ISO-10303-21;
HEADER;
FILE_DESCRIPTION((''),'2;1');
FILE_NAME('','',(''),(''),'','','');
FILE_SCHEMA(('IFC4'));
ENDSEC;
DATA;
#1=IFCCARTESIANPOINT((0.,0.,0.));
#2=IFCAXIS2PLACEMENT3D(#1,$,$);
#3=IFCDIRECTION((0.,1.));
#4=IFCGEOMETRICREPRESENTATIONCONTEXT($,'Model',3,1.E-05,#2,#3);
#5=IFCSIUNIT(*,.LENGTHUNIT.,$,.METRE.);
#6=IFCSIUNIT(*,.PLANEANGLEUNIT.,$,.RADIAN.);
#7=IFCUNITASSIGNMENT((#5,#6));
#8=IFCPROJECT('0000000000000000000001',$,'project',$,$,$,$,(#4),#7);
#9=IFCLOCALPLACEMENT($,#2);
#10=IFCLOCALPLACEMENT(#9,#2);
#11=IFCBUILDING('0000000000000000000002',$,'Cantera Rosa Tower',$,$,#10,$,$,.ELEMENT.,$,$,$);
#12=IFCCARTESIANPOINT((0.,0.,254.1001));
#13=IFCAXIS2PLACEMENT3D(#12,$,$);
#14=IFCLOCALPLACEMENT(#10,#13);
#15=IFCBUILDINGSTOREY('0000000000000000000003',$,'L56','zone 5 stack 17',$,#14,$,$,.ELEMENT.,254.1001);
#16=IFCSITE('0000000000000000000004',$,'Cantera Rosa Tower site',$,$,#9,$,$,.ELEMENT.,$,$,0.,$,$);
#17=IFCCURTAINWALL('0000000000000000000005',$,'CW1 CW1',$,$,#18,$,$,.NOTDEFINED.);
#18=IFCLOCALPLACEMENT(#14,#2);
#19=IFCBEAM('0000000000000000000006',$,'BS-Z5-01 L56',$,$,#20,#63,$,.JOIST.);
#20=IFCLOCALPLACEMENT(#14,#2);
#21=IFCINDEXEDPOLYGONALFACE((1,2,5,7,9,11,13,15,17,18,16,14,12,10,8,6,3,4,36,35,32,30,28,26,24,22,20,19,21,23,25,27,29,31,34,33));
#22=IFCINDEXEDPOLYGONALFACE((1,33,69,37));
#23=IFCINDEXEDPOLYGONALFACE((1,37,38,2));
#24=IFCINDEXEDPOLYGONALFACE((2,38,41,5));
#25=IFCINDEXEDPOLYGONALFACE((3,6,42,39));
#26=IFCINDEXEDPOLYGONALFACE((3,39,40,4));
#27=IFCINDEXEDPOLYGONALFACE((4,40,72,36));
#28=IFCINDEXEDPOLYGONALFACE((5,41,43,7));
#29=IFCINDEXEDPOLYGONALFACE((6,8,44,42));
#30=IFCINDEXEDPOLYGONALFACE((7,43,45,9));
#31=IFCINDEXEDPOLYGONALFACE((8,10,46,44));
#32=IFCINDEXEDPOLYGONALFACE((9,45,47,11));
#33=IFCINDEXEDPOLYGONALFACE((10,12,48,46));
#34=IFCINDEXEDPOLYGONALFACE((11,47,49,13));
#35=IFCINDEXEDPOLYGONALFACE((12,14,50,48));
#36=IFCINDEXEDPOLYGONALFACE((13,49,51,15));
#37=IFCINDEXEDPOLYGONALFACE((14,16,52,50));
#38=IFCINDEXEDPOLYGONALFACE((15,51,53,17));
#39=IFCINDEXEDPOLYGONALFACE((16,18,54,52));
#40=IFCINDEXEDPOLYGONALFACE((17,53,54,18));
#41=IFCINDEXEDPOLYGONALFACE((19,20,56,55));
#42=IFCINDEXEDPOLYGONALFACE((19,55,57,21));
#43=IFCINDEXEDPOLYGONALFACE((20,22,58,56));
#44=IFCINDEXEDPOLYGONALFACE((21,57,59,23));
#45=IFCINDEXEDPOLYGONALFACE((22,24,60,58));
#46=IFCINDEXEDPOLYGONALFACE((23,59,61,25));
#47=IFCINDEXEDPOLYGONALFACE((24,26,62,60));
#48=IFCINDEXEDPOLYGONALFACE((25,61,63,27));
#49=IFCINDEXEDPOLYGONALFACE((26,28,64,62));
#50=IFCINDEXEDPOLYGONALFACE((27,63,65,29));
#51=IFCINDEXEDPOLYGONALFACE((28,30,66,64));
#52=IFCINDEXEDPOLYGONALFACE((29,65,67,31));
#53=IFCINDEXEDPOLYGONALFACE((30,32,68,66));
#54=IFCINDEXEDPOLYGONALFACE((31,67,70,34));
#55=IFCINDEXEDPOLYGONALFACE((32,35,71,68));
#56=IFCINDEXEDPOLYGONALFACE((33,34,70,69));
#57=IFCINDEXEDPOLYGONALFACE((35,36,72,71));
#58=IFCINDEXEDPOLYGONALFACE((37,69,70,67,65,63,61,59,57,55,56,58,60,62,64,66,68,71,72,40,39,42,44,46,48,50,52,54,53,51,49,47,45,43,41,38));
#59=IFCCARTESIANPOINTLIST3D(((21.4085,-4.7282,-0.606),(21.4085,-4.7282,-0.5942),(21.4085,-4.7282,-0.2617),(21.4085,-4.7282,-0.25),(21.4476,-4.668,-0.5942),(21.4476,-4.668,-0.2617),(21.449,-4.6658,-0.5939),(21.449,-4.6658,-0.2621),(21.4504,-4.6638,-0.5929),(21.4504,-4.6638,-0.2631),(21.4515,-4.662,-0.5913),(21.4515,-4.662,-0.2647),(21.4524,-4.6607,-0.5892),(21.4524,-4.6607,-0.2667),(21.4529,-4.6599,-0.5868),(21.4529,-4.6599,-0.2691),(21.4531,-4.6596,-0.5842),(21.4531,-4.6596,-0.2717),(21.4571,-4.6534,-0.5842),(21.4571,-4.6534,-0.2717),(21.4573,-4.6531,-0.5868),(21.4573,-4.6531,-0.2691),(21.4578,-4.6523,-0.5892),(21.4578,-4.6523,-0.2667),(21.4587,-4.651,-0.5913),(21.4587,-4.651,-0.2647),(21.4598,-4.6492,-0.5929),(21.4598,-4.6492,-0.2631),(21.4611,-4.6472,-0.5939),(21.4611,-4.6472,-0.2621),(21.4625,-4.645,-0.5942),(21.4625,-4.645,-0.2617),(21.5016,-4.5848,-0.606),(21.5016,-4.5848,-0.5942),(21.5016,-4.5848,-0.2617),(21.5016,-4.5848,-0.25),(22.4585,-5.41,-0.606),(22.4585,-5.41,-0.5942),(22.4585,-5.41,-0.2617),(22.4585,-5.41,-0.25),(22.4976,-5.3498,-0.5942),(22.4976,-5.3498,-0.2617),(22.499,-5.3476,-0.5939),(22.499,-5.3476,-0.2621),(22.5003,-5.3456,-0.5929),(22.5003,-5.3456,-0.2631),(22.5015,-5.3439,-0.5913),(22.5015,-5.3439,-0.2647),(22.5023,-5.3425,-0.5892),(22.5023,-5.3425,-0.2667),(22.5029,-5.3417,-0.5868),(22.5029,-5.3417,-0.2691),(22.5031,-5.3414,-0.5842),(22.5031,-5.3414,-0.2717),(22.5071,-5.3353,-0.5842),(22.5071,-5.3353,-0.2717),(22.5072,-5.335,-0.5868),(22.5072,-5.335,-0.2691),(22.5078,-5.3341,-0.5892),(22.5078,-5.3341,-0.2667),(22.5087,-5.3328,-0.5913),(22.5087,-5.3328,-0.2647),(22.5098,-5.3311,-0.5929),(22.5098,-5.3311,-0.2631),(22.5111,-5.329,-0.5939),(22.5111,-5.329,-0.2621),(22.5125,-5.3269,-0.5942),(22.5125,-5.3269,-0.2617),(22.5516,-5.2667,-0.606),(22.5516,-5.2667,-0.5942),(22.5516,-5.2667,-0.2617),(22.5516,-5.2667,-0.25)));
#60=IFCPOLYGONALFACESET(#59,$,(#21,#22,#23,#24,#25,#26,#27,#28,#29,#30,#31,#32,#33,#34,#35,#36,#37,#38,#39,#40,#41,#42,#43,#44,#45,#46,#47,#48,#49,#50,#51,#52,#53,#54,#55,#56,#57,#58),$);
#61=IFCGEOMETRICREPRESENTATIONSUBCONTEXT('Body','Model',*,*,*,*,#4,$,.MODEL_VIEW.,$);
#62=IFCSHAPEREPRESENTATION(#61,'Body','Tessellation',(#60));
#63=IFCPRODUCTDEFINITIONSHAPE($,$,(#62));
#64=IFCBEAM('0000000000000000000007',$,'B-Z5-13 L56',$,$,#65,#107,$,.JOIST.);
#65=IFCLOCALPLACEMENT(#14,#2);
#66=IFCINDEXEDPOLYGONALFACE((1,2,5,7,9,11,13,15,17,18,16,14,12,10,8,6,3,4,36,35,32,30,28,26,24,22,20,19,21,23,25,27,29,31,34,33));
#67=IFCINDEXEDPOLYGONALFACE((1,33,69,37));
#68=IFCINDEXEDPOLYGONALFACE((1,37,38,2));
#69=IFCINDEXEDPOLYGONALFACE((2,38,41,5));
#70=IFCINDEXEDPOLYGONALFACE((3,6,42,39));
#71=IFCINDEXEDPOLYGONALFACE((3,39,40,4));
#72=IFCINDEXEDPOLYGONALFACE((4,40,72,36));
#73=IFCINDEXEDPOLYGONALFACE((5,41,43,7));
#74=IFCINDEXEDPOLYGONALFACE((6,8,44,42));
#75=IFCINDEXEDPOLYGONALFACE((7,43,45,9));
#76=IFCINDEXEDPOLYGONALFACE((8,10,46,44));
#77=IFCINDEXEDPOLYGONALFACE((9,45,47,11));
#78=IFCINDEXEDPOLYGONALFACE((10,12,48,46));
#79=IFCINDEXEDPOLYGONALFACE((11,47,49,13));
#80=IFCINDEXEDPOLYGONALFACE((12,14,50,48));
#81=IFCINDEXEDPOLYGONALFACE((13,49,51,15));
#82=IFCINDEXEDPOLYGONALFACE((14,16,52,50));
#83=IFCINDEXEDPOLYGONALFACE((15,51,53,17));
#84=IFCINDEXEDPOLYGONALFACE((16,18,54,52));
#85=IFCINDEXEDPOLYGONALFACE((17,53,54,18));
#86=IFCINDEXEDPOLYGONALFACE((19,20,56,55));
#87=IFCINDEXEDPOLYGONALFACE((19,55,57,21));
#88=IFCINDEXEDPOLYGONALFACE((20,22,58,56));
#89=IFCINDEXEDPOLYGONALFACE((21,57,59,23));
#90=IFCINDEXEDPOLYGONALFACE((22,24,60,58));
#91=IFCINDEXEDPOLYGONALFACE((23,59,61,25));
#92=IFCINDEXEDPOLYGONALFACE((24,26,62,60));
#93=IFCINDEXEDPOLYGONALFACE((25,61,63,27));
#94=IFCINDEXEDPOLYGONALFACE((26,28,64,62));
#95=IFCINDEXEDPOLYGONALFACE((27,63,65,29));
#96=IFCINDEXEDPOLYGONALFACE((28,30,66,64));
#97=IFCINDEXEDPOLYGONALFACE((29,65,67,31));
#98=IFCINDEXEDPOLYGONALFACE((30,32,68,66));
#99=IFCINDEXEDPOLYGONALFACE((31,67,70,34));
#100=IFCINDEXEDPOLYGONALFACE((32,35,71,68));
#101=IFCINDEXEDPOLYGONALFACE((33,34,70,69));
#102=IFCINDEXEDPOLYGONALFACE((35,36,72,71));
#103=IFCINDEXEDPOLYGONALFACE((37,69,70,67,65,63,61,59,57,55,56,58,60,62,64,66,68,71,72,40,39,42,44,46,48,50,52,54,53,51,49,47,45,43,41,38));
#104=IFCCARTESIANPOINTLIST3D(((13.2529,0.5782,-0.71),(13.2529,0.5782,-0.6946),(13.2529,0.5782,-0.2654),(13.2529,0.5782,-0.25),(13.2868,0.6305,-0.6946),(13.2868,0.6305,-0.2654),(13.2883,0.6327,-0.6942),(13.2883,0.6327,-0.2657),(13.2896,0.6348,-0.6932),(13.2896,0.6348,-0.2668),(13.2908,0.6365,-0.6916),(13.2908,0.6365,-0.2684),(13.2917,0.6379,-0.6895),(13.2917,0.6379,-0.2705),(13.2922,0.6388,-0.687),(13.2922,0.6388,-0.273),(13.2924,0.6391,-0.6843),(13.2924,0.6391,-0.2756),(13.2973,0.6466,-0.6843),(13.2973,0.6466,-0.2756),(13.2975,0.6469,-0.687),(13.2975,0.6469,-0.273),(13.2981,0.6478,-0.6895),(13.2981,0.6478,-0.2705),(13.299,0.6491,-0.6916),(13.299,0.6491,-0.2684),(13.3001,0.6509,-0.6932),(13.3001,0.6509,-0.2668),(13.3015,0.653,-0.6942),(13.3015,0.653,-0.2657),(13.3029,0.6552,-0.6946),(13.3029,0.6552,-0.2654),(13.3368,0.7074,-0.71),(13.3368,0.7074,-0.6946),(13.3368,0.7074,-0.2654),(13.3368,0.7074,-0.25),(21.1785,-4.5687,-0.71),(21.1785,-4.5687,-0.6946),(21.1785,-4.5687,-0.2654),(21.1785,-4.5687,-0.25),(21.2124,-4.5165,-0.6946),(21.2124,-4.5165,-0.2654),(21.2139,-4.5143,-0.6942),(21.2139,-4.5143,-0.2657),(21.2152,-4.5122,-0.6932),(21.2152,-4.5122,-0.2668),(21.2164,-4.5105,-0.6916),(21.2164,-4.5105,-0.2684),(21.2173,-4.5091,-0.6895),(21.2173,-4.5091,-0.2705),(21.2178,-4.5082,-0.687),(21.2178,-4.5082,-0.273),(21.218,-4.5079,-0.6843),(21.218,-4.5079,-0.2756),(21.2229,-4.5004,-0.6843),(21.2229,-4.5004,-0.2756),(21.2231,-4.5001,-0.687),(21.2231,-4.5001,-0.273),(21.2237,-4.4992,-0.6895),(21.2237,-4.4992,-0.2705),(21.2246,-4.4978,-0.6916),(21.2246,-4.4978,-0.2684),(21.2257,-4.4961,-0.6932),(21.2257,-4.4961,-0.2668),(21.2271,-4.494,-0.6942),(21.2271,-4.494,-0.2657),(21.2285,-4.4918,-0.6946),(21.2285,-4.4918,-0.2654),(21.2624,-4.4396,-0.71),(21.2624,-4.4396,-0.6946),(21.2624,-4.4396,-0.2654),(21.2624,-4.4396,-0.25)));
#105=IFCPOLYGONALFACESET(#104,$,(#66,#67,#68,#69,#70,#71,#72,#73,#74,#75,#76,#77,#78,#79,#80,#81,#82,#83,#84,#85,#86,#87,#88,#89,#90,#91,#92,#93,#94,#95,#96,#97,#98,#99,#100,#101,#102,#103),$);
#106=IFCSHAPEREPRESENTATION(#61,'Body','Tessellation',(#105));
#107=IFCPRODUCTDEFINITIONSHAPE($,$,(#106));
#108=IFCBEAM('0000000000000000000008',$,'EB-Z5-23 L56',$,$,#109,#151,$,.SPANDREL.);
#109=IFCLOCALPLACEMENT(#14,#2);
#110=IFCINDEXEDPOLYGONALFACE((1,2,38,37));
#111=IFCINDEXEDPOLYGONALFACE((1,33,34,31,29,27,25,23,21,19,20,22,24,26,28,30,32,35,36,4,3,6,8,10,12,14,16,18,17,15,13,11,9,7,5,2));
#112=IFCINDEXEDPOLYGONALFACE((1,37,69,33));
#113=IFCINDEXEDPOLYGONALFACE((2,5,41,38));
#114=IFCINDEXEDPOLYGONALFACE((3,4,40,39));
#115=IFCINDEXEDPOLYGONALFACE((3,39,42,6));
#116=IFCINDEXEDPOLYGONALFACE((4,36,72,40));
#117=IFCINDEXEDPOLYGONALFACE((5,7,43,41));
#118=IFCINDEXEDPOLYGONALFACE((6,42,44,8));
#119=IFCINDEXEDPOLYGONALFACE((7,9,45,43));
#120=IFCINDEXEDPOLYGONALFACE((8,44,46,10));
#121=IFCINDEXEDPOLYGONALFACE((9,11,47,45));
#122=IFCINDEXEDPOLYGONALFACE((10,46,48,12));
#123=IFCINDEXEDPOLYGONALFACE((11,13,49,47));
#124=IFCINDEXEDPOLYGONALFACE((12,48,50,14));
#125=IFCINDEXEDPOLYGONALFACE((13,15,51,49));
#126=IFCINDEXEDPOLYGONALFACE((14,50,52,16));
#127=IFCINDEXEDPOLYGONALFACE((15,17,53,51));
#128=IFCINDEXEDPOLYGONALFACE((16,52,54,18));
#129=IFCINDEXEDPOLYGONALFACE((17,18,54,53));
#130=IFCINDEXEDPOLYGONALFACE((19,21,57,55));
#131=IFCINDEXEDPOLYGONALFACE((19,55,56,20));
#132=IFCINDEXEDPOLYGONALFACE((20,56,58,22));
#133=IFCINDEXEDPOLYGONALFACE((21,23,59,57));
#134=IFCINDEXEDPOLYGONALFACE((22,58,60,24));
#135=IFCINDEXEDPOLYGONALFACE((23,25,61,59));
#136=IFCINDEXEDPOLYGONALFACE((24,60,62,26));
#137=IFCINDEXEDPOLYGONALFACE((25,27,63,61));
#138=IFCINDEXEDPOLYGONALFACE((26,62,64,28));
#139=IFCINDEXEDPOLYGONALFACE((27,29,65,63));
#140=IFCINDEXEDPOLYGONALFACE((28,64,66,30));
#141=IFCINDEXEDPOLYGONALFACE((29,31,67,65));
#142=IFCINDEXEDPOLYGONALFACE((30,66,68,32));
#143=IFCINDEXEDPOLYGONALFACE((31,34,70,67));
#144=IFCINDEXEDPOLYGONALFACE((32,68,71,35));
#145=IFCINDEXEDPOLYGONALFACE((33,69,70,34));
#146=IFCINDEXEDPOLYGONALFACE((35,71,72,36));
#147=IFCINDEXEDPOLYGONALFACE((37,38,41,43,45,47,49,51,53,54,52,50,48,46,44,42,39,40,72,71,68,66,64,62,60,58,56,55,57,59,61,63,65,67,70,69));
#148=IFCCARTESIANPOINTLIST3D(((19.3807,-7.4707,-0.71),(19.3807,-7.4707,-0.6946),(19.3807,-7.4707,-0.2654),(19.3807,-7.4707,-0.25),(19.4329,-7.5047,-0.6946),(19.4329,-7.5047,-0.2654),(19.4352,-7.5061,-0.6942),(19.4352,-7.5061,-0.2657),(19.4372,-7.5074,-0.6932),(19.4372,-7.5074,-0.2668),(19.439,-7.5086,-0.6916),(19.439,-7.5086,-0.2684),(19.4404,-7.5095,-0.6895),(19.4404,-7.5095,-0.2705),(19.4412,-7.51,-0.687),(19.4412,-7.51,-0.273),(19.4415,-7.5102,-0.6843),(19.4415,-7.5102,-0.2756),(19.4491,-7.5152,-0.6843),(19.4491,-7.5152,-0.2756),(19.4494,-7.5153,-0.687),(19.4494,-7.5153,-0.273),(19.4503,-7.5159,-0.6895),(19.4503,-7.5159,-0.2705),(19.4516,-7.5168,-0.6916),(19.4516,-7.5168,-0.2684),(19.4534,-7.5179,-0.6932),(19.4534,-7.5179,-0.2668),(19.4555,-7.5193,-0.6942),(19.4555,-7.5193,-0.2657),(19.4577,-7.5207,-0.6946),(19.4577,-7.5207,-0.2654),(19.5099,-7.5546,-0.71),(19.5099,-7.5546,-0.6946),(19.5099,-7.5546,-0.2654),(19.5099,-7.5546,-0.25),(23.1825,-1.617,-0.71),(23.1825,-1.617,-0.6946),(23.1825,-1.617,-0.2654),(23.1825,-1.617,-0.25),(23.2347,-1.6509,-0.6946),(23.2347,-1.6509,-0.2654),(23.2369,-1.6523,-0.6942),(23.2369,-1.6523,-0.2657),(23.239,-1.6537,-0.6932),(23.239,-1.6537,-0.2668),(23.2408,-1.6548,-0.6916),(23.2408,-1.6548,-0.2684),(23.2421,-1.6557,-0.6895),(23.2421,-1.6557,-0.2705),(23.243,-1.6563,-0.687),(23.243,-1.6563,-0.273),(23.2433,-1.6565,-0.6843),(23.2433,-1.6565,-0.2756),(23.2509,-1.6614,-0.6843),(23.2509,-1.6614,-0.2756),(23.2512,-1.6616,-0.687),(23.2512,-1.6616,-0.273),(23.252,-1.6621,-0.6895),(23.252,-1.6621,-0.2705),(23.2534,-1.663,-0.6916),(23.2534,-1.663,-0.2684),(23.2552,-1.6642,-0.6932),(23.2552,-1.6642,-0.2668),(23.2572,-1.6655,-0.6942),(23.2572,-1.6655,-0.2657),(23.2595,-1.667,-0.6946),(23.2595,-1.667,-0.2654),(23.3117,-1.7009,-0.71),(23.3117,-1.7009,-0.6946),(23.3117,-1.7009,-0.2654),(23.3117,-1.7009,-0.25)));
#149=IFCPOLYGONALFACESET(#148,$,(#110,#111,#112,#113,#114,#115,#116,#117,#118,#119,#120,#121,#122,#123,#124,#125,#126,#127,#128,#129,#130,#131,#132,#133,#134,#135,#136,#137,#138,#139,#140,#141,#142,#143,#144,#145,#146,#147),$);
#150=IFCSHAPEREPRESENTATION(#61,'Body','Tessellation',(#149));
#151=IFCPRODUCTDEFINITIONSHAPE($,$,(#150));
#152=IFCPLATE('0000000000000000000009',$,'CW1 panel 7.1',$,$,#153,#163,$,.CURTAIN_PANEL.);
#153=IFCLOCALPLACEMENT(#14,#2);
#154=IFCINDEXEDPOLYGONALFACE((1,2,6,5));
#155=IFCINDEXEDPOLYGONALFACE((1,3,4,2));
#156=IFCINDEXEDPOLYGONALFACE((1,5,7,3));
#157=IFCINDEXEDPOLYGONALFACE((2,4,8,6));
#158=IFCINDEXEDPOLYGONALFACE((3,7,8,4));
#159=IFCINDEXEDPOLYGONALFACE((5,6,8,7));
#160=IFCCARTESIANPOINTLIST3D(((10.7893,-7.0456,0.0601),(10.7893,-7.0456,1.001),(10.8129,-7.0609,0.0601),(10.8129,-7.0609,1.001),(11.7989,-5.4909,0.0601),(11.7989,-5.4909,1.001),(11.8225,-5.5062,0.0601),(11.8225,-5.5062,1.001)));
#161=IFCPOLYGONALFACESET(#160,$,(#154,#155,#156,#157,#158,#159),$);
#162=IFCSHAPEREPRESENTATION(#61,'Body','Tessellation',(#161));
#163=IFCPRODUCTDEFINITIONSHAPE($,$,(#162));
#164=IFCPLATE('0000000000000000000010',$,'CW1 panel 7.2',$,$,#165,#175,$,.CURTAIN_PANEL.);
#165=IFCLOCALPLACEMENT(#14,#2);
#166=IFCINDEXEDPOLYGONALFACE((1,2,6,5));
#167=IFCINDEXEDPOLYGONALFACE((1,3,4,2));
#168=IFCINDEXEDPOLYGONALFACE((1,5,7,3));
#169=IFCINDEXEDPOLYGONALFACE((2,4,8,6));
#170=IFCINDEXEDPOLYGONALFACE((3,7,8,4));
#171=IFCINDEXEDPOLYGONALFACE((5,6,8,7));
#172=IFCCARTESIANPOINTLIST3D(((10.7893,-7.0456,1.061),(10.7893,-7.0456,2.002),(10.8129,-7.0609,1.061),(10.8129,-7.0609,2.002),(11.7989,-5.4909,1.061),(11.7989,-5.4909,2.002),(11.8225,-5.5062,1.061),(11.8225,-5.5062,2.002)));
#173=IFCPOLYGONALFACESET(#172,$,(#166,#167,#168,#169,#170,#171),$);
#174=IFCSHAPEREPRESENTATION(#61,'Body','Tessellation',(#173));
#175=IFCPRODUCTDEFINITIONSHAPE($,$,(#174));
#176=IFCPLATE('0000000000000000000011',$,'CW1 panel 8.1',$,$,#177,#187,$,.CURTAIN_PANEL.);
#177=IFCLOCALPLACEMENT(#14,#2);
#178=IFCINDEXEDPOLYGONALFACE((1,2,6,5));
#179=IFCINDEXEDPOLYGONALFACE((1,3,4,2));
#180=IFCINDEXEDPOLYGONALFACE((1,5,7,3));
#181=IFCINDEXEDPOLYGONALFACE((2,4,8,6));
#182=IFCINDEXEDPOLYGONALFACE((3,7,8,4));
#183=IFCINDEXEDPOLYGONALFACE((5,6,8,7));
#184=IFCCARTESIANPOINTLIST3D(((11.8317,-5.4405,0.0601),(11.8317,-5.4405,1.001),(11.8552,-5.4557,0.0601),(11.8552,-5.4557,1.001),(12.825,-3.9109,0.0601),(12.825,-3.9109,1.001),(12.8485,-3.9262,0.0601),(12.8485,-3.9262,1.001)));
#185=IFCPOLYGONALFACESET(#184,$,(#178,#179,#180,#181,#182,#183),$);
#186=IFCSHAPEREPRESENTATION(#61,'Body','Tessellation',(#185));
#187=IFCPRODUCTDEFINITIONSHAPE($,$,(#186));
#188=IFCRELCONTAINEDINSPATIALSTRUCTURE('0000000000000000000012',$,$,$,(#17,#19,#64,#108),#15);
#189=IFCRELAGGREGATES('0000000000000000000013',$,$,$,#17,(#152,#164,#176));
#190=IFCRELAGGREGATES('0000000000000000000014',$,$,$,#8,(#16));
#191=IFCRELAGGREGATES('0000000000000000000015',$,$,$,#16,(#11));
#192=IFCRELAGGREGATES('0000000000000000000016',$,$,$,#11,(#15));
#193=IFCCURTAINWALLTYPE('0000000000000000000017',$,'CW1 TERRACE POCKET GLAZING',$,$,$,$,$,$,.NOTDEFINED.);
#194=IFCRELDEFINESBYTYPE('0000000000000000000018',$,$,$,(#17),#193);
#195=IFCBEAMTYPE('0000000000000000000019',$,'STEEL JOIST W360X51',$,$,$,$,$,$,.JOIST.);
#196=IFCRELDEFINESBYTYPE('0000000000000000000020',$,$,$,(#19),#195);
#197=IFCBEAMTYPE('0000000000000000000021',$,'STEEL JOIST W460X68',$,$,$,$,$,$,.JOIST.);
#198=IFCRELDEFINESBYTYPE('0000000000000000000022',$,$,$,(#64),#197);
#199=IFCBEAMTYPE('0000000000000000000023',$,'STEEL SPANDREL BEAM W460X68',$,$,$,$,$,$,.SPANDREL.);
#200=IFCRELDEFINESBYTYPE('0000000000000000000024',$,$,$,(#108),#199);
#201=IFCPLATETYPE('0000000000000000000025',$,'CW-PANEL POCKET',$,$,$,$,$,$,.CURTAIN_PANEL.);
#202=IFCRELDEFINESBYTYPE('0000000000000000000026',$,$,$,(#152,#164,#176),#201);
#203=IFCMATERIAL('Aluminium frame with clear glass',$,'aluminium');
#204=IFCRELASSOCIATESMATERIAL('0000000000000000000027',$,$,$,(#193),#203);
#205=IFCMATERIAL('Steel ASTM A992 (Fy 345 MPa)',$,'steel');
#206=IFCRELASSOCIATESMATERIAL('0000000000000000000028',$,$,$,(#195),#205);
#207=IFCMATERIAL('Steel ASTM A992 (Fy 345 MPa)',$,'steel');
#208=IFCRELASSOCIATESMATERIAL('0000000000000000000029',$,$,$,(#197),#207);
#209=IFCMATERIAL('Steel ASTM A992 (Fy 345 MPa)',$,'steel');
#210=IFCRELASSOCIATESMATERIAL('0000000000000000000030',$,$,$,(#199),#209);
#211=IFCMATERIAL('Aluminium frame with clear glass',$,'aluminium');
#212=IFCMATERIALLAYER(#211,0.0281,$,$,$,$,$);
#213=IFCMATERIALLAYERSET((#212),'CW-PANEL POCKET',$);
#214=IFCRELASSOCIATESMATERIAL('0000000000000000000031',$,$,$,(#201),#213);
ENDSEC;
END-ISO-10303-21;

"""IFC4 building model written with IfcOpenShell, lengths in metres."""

from ifc_helpers import new_model, si_unit, direction, frame, origin, origin_2d, place, context, subcontext, project, spatial, rectangle, i_section, extrude, material, layer, layer_set, material_profile, profile_set, type_object, element, aggregate, save


model = new_model("IFC4")

# Units and contexts
model_context = context("Model", 3, precision=1e-05, world=origin(), true_north=direction((0.0, 1.0)))
body_context = subcontext(model_context, "Body", "Model", "MODEL_VIEW")
ifc_project = project(units=[si_unit("LENGTHUNIT", "METRE"), si_unit("PLANEANGLEUNIT", "RADIAN")], contexts=[model_context])

# Site, building, storey
site_placement = place(None, origin())
site = spatial("IfcSite", under=ifc_project, at=site_placement, Name="Cantera Rosa Tower site", CompositionType="ELEMENT", RefElevation=0.0)
building_placement = place(site_placement, origin())
building = spatial("IfcBuilding", under=site, at=building_placement, Name="Cantera Rosa Tower", CompositionType="ELEMENT")
storey_placement = place(building_placement, frame((0.0, 0.0, 254.1001)))
storey = spatial("IfcBuildingStorey", under=building, at=storey_placement, Name="L56", Description="zone 5 stack 17", CompositionType="ELEMENT", Elevation=254.1001)

# Curtain wall
ifc_material_1 = material(Name="Aluminium frame with clear glass", Category="aluminium")
curtain_wall_type = type_object("IfcCurtainWallType", Name="CW1 TERRACE POCKET GLAZING", PredefinedType="NOTDEFINED", material=ifc_material_1)
curtain_wall_placement = place(storey_placement, origin())
curtain_wall = element("IfcCurtainWall", 1, at=curtain_wall_placement, inside=storey, type_object=curtain_wall_type, Name="CW1 CW1", PredefinedType="NOTDEFINED")

# Beams
ifc_material_2 = material(Name="Steel ASTM A992 (Fy 345 MPa)", Category="steel")
ifc_material_profile_1 = material_profile(ifc_material_2, i_section(OverallWidth=0.1709, OverallDepth=0.356, WebThickness=0.0073, FlangeThickness=0.0117, FilletRadius=0.01, at=origin_2d()), Name="W360X51")
ifc_profile_set_1 = profile_set([ifc_material_profile_1], Name="Steel ASTM A992 (Fy 345 MPa)")
beam_type_1 = type_object("IfcBeamType", Name="STEEL JOIST W360X51", PredefinedType="JOIST", material=ifc_profile_set_1)
beam_1_placement = place(storey_placement, frame((21.4551, -4.6565, -0.428), z_axis=(0.83868, -0.544625, 0.0), x_axis=(0.544625, 0.83868, 0.0)))
element("IfcBeam", 2, at=beam_1_placement, inside=storey, type_object=beam_type_1, Name="BS-Z5-01 L56", PredefinedType="JOIST", context=body_context, shape_type="SweptSolid", body=[
    extrude(i_section(OverallWidth=0.1709, OverallDepth=0.356, WebThickness=0.0073, FlangeThickness=0.0117, FilletRadius=0.01, at=origin_2d()), origin(), (0.0, 0.0, 1.0), 1.252),
])
ifc_material_3 = material(Name="Steel ASTM A992 (Fy 345 MPa)", Category="steel")
ifc_material_profile_2 = material_profile(ifc_material_3, i_section(OverallWidth=0.1541, OverallDepth=0.46, WebThickness=0.009, FlangeThickness=0.0154, FilletRadius=0.0103, at=origin_2d()), Name="W460X68")
ifc_profile_set_2 = profile_set([ifc_material_profile_2], Name="Steel ASTM A992 (Fy 345 MPa)")
beam_type_2 = type_object("IfcBeamType", Name="STEEL JOIST W460X68", PredefinedType="JOIST", material=ifc_profile_set_2)
beam_2_placement = place(storey_placement, frame((21.2205, -4.5042, -0.48), z_axis=(-0.838667, 0.544644, 0.0), x_axis=(-0.544644, -0.838667, 0.0)))
element("IfcBeam", 3, at=beam_2_placement, inside=storey, type_object=beam_type_2, Name="B-Z5-13 L56", PredefinedType="JOIST", context=body_context, shape_type="SweptSolid", body=[
    extrude(i_section(OverallWidth=0.1541, OverallDepth=0.46, WebThickness=0.009, FlangeThickness=0.0154, FilletRadius=0.0103, at=origin_2d()), origin(), (0.0, 0.0, 1.0), 9.4502),
])
ifc_material_4 = material(Name="Steel ASTM A992 (Fy 345 MPa)", Category="steel")
ifc_material_profile_3 = material_profile(ifc_material_4, i_section(OverallWidth=0.1541, OverallDepth=0.46, WebThickness=0.009, FlangeThickness=0.0154, FilletRadius=0.0103, at=origin_2d()), Name="W460X68")
ifc_profile_set_3 = profile_set([ifc_material_profile_3], Name="Steel ASTM A992 (Fy 345 MPa)")
beam_type_3 = type_object("IfcBeamType", Name="STEEL SPANDREL BEAM W460X68", PredefinedType="SPANDREL", material=ifc_profile_set_3)
beam_3_placement = place(storey_placement, frame((19.4453, -7.5127, -0.48), z_axis=(0.544667, 0.838652, 0.0), x_axis=(-0.838652, 0.544667, 0.0)))
element("IfcBeam", 4, at=beam_3_placement, inside=storey, type_object=beam_type_3, Name="EB-Z5-23 L56", PredefinedType="SPANDREL", context=body_context, shape_type="SweptSolid", body=[
    extrude(i_section(OverallWidth=0.1541, OverallDepth=0.46, WebThickness=0.009, FlangeThickness=0.0154, FilletRadius=0.0103, at=origin_2d()), origin(), (0.0, 0.0, 1.0), 6.98),
])

# Plates
ifc_material_5 = material(Name="Aluminium frame with clear glass", Category="aluminium")
ifc_layer_1 = layer(ifc_material_5, 0.0281)
ifc_layer_set_1 = layer_set([ifc_layer_1], Name="CW-PANEL POCKET")
plate_type_1 = type_object("IfcPlateType", Name="CW-PANEL POCKET", PredefinedType="CURTAIN_PANEL", material=ifc_layer_set_1)
plate_1_placement = place(storey_placement, frame((11.3059, -6.2759, 0.0601), z_axis=(0.0, 0.0, 1.0), x_axis=(0.544639, 0.838671, 0.0)))
plate_1 = element("IfcPlate", 5, at=plate_1_placement, type_object=plate_type_1, Name="CW1 panel 7.1", PredefinedType="CURTAIN_PANEL", context=body_context, shape_type="SweptSolid", body=[
    extrude(rectangle(XDim=1.8538, YDim=0.0281, at=origin_2d()), origin(), (0.0, 0.0, 1.0), 0.9409),
])
plate_2_placement = place(storey_placement, frame((11.3059, -6.2759, 1.061), z_axis=(0.0, 0.0, 1.0), x_axis=(0.544639, 0.838671, 0.0)))
plate_2 = element("IfcPlate", 6, at=plate_2_placement, type_object=plate_type_1, Name="CW1 panel 7.2", PredefinedType="CURTAIN_PANEL", context=body_context, shape_type="SweptSolid", body=[
    extrude(rectangle(XDim=1.8538, YDim=0.0281, at=origin_2d()), origin(), (0.0, 0.0, 1.0), 0.9409),
])
plate_3_placement = place(storey_placement, frame((12.3401, -4.6833, 0.0601), z_axis=(0.0, 0.0, 1.0), x_axis=(0.544639, 0.838671, 0.0)))
plate_3 = element("IfcPlate", 7, at=plate_3_placement, type_object=plate_type_1, Name="CW1 panel 8.1", PredefinedType="CURTAIN_PANEL", context=body_context, shape_type="SweptSolid", body=[
    extrude(rectangle(XDim=1.8237, YDim=0.0281, at=origin_2d()), origin(), (0.0, 0.0, 1.0), 0.9409),
])
aggregate(curtain_wall, [plate_1, plate_2, plate_3])

save(model, "model.ifc")
